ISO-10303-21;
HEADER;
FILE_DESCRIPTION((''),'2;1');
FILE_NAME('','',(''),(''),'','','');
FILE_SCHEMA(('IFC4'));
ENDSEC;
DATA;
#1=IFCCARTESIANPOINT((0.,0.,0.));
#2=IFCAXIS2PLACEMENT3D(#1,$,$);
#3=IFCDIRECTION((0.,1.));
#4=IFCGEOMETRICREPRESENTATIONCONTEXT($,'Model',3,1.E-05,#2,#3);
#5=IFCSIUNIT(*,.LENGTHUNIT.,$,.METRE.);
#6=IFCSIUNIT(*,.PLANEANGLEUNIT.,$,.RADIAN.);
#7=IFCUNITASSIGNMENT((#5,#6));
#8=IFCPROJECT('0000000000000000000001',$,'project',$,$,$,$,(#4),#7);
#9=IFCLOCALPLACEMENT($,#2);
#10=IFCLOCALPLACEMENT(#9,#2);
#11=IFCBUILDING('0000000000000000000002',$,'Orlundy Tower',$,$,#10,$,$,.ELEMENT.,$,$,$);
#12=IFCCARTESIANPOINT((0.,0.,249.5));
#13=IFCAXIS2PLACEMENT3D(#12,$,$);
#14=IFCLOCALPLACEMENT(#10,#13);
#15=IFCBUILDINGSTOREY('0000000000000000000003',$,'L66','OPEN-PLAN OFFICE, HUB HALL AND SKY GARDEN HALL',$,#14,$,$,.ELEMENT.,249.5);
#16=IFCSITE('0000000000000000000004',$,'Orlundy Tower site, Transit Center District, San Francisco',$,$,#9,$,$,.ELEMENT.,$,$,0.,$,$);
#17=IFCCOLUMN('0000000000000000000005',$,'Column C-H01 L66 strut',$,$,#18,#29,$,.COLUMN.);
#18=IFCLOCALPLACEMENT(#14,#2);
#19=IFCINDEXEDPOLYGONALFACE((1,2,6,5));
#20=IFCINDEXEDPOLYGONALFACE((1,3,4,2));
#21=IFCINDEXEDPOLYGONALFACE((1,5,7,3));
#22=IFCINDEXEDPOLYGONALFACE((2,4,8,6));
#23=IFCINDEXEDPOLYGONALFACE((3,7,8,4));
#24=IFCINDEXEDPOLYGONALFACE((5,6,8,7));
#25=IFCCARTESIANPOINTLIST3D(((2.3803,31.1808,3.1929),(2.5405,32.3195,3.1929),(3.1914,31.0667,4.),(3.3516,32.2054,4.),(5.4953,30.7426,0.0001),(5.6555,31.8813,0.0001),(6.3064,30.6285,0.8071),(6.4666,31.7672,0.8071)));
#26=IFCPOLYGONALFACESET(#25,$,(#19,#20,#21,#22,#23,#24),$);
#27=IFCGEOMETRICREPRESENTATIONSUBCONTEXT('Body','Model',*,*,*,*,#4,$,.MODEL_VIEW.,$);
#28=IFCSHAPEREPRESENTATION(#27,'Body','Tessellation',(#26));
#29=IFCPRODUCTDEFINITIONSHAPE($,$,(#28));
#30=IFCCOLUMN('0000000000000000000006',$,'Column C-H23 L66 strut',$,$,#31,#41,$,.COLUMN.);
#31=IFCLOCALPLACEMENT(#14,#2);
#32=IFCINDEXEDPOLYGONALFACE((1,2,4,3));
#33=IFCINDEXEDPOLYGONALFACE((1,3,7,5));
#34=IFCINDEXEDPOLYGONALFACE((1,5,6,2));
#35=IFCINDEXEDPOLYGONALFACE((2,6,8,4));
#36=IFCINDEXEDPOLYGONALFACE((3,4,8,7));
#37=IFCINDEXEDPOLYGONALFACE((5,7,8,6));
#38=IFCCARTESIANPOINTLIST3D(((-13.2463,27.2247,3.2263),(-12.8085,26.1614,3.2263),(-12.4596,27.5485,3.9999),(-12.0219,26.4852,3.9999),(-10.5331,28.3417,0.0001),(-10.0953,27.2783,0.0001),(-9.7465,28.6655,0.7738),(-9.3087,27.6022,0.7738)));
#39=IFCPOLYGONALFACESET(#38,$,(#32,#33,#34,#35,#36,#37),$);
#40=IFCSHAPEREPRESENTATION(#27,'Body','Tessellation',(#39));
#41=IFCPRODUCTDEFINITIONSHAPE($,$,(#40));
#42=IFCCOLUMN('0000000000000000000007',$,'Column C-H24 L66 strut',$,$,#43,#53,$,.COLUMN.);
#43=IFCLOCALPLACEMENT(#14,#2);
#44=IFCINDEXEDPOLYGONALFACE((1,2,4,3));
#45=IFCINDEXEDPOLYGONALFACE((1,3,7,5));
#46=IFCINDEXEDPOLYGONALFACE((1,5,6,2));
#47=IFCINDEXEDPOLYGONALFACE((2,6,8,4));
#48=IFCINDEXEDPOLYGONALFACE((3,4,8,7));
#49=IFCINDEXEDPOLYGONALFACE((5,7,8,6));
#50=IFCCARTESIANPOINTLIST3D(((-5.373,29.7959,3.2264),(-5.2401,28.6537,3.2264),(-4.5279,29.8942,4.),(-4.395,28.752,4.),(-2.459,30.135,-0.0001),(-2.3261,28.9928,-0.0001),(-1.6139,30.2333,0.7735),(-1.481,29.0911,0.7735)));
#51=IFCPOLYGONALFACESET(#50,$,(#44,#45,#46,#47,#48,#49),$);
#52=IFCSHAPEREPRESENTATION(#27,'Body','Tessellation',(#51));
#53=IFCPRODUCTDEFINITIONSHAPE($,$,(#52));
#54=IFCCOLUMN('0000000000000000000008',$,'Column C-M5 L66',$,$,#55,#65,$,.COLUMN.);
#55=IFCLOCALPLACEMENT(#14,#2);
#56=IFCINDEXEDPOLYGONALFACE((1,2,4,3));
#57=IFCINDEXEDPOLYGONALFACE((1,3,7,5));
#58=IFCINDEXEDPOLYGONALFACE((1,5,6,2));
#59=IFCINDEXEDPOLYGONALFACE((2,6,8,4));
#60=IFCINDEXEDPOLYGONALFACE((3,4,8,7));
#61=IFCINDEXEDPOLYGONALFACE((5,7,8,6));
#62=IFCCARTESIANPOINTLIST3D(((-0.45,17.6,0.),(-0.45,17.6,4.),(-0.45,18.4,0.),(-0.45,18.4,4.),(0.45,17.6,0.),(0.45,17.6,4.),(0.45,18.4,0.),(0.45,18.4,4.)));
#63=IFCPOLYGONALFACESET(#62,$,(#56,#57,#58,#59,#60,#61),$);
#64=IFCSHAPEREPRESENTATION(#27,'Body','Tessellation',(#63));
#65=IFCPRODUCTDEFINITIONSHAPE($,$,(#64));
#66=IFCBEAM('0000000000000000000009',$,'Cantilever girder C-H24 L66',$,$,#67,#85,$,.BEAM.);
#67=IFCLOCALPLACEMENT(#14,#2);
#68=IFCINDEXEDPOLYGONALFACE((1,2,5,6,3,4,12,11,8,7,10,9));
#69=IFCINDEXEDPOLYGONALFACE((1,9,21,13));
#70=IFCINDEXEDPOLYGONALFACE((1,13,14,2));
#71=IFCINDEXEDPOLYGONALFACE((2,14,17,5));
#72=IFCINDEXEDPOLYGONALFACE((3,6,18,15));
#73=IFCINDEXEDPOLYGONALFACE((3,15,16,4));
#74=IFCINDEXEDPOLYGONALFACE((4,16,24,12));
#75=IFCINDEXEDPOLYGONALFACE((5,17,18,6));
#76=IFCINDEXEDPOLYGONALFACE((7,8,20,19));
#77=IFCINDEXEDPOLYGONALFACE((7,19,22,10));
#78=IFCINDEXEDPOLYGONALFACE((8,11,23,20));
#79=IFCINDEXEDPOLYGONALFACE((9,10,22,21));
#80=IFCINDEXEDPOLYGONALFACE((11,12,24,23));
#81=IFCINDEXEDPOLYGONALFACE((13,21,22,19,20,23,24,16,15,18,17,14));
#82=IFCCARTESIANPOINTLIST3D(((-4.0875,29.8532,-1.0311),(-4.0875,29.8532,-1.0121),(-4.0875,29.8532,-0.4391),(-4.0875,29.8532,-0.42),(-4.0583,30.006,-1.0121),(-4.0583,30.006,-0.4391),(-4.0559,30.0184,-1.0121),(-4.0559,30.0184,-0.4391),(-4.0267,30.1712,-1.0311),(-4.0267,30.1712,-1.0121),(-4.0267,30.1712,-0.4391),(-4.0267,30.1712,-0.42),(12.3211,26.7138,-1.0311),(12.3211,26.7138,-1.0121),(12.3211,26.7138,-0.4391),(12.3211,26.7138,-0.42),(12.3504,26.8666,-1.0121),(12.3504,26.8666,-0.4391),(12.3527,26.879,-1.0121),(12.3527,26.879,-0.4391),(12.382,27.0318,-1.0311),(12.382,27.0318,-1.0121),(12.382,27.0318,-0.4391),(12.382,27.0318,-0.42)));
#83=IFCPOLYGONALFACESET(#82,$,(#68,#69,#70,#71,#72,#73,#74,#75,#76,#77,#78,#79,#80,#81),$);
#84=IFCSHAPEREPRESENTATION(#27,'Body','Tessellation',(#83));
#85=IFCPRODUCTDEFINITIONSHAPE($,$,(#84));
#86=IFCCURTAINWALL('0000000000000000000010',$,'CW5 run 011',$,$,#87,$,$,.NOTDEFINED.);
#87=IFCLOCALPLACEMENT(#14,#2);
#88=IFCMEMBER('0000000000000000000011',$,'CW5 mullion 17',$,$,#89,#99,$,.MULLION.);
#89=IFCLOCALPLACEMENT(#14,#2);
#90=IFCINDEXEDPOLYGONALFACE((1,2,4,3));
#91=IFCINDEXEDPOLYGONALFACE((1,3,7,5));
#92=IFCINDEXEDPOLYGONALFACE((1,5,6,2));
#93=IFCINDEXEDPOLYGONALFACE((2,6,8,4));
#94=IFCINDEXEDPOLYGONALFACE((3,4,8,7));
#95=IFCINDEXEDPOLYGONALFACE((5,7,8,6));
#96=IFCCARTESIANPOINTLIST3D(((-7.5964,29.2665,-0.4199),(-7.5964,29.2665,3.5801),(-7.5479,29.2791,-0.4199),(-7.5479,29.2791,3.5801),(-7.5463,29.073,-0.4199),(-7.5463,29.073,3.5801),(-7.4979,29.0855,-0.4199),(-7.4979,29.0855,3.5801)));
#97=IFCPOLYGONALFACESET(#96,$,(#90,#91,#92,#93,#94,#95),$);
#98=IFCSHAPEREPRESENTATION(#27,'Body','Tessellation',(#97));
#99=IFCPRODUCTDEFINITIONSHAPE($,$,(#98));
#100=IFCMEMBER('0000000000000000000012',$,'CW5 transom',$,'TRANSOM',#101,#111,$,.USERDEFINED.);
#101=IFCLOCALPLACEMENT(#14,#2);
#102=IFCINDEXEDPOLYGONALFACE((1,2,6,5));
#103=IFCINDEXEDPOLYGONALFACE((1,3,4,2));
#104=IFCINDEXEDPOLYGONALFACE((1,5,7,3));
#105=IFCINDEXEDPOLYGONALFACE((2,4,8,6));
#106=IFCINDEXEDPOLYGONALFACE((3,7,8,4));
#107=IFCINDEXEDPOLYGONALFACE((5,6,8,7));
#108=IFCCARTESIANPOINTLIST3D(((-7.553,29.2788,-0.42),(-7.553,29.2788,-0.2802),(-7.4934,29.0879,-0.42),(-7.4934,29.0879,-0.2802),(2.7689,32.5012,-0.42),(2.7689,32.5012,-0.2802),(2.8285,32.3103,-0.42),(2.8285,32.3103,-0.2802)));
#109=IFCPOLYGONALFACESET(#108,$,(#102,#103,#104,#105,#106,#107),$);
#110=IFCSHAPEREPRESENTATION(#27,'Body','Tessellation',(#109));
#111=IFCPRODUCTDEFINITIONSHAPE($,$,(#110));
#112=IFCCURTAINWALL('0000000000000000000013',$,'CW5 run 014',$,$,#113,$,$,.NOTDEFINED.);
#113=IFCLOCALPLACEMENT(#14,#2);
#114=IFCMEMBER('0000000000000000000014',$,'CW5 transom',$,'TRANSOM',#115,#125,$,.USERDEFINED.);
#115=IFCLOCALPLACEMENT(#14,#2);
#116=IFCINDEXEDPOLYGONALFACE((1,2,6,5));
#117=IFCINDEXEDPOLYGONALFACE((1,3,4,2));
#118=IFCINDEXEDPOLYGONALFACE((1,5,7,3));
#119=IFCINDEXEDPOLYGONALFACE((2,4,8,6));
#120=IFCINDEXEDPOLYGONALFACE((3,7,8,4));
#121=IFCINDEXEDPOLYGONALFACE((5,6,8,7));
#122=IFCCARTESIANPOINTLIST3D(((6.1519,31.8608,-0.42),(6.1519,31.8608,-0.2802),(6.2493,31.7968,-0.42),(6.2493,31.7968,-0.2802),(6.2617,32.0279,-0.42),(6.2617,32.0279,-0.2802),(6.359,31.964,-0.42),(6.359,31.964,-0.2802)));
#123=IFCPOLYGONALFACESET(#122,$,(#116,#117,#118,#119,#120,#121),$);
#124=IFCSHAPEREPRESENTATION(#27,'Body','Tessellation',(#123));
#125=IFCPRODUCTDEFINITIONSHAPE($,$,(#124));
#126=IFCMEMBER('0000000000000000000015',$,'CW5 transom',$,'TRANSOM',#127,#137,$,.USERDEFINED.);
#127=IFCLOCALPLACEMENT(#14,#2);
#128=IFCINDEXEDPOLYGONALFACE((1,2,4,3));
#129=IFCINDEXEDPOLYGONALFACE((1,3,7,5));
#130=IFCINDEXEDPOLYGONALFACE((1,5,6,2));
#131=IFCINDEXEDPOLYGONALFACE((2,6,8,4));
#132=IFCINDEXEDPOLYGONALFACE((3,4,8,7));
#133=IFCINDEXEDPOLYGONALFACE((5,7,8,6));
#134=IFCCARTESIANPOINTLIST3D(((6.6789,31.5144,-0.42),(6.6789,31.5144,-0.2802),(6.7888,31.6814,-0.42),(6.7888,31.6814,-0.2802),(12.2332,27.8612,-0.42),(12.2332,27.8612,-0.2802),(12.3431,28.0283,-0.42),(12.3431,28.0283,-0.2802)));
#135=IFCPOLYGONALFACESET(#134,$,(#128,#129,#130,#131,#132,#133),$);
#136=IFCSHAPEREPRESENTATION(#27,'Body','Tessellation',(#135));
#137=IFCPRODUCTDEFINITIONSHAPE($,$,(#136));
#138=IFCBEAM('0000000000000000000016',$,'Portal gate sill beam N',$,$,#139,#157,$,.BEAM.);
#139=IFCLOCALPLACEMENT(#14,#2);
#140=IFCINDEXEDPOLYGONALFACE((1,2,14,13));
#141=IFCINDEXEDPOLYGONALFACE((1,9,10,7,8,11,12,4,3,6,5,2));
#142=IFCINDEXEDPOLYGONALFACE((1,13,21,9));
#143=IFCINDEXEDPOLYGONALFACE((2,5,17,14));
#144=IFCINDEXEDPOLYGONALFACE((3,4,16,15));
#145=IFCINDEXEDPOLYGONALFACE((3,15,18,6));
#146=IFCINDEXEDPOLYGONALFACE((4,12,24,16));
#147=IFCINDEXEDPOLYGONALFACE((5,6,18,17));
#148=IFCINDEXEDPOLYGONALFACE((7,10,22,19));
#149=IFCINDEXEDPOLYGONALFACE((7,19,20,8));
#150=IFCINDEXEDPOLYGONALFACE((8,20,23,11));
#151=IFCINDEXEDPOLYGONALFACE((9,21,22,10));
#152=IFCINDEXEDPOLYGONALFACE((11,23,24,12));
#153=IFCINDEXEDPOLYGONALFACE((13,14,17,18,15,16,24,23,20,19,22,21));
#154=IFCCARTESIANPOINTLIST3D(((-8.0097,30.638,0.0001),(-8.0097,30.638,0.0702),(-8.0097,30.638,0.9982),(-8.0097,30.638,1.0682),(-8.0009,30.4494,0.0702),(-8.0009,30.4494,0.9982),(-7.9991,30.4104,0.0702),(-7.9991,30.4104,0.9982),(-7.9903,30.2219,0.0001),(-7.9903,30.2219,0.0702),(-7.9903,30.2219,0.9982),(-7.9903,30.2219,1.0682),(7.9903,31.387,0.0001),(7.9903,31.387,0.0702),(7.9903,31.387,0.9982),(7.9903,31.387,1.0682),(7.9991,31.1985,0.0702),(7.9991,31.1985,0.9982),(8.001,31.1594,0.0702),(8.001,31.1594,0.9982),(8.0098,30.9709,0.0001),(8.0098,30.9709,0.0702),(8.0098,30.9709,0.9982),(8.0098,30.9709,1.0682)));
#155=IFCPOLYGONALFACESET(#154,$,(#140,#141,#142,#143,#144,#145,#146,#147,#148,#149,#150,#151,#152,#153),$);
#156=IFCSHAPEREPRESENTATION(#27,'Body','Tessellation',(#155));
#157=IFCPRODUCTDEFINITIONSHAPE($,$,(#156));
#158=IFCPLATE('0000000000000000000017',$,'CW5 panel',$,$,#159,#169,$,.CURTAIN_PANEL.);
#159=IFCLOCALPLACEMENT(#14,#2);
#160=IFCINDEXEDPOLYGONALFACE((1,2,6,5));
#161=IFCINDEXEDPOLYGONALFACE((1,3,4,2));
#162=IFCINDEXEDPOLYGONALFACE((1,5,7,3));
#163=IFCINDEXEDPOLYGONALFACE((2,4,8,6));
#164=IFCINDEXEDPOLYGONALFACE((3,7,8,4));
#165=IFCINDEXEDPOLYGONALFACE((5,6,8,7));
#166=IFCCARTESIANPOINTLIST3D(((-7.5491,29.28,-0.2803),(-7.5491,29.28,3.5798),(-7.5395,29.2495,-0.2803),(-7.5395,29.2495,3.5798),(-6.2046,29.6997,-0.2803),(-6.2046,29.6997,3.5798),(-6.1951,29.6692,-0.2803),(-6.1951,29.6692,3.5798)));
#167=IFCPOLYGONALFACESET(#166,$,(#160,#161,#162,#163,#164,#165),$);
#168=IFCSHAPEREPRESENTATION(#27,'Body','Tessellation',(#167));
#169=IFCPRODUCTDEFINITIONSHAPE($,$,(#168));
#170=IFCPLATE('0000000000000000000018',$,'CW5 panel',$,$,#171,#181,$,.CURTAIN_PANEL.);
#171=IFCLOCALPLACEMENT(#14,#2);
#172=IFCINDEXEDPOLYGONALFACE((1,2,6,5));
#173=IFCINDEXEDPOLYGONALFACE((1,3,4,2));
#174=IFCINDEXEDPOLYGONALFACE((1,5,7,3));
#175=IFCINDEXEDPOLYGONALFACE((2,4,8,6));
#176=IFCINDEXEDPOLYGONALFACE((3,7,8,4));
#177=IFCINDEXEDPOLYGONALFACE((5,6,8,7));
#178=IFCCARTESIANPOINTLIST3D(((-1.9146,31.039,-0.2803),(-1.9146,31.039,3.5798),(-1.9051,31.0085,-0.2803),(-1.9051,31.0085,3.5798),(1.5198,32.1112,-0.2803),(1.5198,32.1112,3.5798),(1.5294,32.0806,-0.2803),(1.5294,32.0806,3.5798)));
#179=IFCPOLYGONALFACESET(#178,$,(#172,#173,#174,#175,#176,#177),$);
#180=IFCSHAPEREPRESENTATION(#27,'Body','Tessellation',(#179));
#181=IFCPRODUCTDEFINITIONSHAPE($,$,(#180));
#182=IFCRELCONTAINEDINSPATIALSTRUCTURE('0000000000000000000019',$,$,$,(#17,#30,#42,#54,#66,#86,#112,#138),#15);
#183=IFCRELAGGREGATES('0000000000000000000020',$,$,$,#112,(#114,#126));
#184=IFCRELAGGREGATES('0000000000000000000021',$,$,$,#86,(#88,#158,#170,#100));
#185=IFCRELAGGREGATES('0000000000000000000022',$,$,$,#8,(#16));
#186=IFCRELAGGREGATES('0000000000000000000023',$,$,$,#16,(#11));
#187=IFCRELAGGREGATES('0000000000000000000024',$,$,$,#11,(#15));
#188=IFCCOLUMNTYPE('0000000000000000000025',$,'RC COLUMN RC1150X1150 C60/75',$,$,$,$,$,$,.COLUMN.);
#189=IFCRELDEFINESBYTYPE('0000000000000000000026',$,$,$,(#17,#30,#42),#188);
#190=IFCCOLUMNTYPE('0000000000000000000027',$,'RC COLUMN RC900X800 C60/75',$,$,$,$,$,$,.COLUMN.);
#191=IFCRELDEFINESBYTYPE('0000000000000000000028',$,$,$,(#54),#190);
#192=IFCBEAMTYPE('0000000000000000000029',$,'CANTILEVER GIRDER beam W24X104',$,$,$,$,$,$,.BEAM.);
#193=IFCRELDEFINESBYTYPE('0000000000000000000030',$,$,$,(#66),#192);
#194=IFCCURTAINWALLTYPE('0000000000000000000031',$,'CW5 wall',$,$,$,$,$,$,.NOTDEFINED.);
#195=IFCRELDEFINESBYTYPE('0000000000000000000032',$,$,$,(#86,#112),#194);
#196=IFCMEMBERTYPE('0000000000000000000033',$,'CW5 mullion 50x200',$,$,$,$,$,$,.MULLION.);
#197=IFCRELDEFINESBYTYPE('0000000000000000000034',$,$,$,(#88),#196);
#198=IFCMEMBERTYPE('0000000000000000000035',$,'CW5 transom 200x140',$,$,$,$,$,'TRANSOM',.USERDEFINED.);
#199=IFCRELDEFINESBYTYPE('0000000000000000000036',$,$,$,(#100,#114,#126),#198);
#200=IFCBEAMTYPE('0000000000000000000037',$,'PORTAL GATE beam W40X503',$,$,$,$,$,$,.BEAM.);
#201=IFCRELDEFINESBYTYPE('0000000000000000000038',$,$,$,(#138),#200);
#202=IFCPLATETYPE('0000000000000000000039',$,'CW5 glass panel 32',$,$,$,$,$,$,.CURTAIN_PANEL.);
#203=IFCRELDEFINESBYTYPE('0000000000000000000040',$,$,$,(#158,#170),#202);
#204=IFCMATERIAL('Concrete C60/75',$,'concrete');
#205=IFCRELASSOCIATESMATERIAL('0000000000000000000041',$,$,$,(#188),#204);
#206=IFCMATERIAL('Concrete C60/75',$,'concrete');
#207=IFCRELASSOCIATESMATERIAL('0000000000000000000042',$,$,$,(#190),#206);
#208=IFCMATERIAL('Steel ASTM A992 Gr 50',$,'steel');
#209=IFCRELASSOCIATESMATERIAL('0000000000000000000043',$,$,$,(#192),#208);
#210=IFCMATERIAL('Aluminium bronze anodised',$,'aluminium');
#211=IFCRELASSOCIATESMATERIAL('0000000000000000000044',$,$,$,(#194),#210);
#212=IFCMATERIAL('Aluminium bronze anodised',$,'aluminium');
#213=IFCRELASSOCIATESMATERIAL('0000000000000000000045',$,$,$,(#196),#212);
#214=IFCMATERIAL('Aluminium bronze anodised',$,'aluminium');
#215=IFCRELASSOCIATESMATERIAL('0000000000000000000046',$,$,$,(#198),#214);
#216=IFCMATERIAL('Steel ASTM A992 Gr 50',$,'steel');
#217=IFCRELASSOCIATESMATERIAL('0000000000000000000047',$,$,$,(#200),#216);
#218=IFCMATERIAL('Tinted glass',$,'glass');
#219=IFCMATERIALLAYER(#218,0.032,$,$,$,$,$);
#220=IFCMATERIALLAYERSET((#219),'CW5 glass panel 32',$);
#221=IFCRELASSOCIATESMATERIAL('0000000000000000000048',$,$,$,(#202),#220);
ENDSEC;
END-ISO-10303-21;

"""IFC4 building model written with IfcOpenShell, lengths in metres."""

from ifc_helpers import new_model, si_unit, direction, frame, origin, origin_2d, place, context, subcontext, project, spatial, rectangle, i_section, extrude, material, layer, layer_set, material_profile, profile_set, type_object, element, aggregate, save


model = new_model("IFC4")

# Units and contexts
model_context = context("Model", 3, precision=1e-05, world=origin(), true_north=direction((0.0, 1.0)))
body_context = subcontext(model_context, "Body", "Model", "MODEL_VIEW")
ifc_project = project(units=[si_unit("LENGTHUNIT", "METRE"), si_unit("PLANEANGLEUNIT", "RADIAN")], contexts=[model_context])

# Site, building, storey
site_placement = place(None, origin())
site = spatial("IfcSite", under=ifc_project, at=site_placement, Name="Orlundy Tower site, Transit Center District, San Francisco", CompositionType="ELEMENT", RefElevation=0.0)
building_placement = place(site_placement, origin())
building = spatial("IfcBuilding", under=site, at=building_placement, Name="Orlundy Tower", CompositionType="ELEMENT")
storey_placement = place(building_placement, frame((0.0, 0.0, 249.5)))
storey = spatial("IfcBuildingStorey", under=building, at=storey_placement, Name="L66", Description="OPEN-PLAN OFFICE, HUB HALL AND SKY GARDEN HALL", CompositionType="ELEMENT", Elevation=249.5)

# Columns
ifc_material_1 = material(Name="Concrete C60/75", Category="concrete")
ifc_material_profile_1 = material_profile(ifc_material_1, rectangle(XDim=1.1499, YDim=1.1499, at=origin_2d()), Name="RC1150X1150")
ifc_profile_set_1 = profile_set([ifc_material_profile_1], Name="Concrete C60/75")
column_type_1 = type_object("IfcColumnType", Name="RC COLUMN RC1150X1150 C60/75", PredefinedType="COLUMN", material=ifc_profile_set_1)
column_1_placement = place(storey_placement, frame((5.981, 31.2549, 0.4036), z_axis=(-0.694977, 0.097773, 0.712353), x_axis=(-0.139313, -0.990248, 0.0)))
element("IfcColumn", 1, at=column_1_placement, inside=storey, type_object=column_type_1, Name="Column C-H01 L66 strut", PredefinedType="COLUMN", context=body_context, shape_type="SweptSolid", body=[
    extrude(rectangle(XDim=1.1499, YDim=1.1499, at=origin_2d()), origin(), (0.0, 0.0, 1.0), 4.4822),
])
for number, where, z_axis, x_axis, name in (
    (2, (-9.9209, 27.9719, 0.387), (-0.62217, -0.256135, 0.739797), (0.380683, -0.924706, 0.0), "Column C-H23 L66 strut"),
    (3, (-1.97, 29.613, 0.3867), (-0.668225, -0.077762, 0.739884), (0.115591, -0.993297, 0.0), "Column C-H24 L66 strut"),
):
    element("IfcColumn", number, at=place(storey_placement, frame(where, z_axis=z_axis, x_axis=x_axis)), inside=storey, type_object=column_type_1, Name=name, PredefinedType="COLUMN", context=body_context, shape_type="SweptSolid", body=[
        extrude(rectangle(XDim=1.1499, YDim=1.1499, at=origin_2d()), origin(), (0.0, 0.0, 1.0), 4.3608),
    ])
ifc_material_2 = material(Name="Concrete C60/75", Category="concrete")
ifc_material_profile_2 = material_profile(ifc_material_2, rectangle(XDim=0.8999, YDim=0.8, at=origin_2d()), Name="RC900X800")
ifc_profile_set_2 = profile_set([ifc_material_profile_2], Name="Concrete C60/75")
column_type_2 = type_object("IfcColumnType", Name="RC COLUMN RC900X800 C60/75", PredefinedType="COLUMN", material=ifc_profile_set_2)
column_2_placement = place(storey_placement, frame((0.0, 18.0, 0.0), z_axis=(0.0, 0.0, 1.0), x_axis=(1.0, 0.0, 0.0)))
element("IfcColumn", 4, at=column_2_placement, inside=storey, type_object=column_type_2, Name="Column C-M5 L66", PredefinedType="COLUMN", context=body_context, shape_type="SweptSolid", body=[
    extrude(rectangle(XDim=0.8999, YDim=0.8, at=origin_2d()), origin(), (0.0, 0.0, 1.0), 4.0),
])

# Beam
ifc_material_3 = material(Name="Steel ASTM A992 Gr 50", Category="steel")
ifc_material_profile_3 = material_profile(ifc_material_3, i_section(OverallWidth=0.3237, OverallDepth=0.6111, WebThickness=0.0127, FlangeThickness=0.019, at=origin_2d()), Name="W24X104")
ifc_profile_set_3 = profile_set([ifc_material_profile_3], Name="Steel ASTM A992 Gr 50")
beam_type_1 = type_object("IfcBeamType", Name="CANTILEVER GIRDER beam W24X104", PredefinedType="BEAM", material=ifc_profile_set_3)
beam_1_placement = place(storey_placement, frame((-4.0571, 30.0122, -0.7256), z_axis=(0.982185, -0.187917, 0.0), x_axis=(0.187917, 0.982185, 0.0)))
element("IfcBeam", 5, at=beam_1_placement, inside=storey, type_object=beam_type_1, Name="Cantilever girder C-H24 L66", PredefinedType="BEAM", context=body_context, shape_type="SweptSolid", body=[
    extrude(i_section(OverallWidth=0.3237, OverallDepth=0.6111, WebThickness=0.0127, FlangeThickness=0.019, at=origin_2d()), origin(), (0.0, 0.0, 1.0), 16.7063),
])

# Curtain walls, members
ifc_material_4 = material(Name="Aluminium bronze anodised", Category="aluminium")
curtain_wall_type = type_object("IfcCurtainWallType", Name="CW5 wall", PredefinedType="NOTDEFINED", material=ifc_material_4)
curtain_wall_1_placement = place(storey_placement, origin())
curtain_wall_1 = element("IfcCurtainWall", 6, at=curtain_wall_1_placement, inside=storey, type_object=curtain_wall_type, Name="CW5 run 011", PredefinedType="NOTDEFINED")
ifc_material_5 = material(Name="Aluminium bronze anodised", Category="aluminium")
ifc_material_profile_4 = material_profile(ifc_material_5, rectangle(XDim=0.2, YDim=0.05, at=origin_2d()), Name="CW5 mullion 50x200")
ifc_profile_set_4 = profile_set([ifc_material_profile_4], Name="Aluminium bronze anodised")
member_type_1 = type_object("IfcMemberType", Name="CW5 mullion 50x200", PredefinedType="MULLION", material=ifc_profile_set_4)
member_1_placement = place(storey_placement, frame((-7.5471, 29.176, -0.4199), z_axis=(0.0, 0.0, 1.0), x_axis=(-0.250401, 0.968142, 0.0)))
member_1 = element("IfcMember", 7, at=member_1_placement, type_object=member_type_1, Name="CW5 mullion 17", PredefinedType="MULLION", context=body_context, shape_type="SweptSolid", body=[
    extrude(rectangle(XDim=0.2, YDim=0.05, at=origin_2d()), origin(), (0.0, 0.0, 1.0), 4.0),
])
ifc_material_6 = material(Name="Aluminium bronze anodised", Category="aluminium")
ifc_material_profile_5 = material_profile(ifc_material_6, rectangle(XDim=0.2, YDim=0.1399, at=origin_2d()), Name="CW5 transom 200x140")
ifc_profile_set_5 = profile_set([ifc_material_profile_5], Name="Aluminium bronze anodised")
member_type_2 = type_object("IfcMemberType", Name="CW5 transom 200x140", ElementType="TRANSOM", PredefinedType="USERDEFINED", material=ifc_profile_set_5)
member_2_placement = place(storey_placement, frame((-7.5232, 29.1833, -0.3501), z_axis=(0.954565, 0.298004, 0.0), x_axis=(-0.298004, 0.954565, 0.0)))
member_2 = element("IfcMember", 8, at=member_2_placement, type_object=member_type_2, Name="CW5 transom", ObjectType="TRANSOM", PredefinedType="USERDEFINED", context=body_context, shape_type="SweptSolid", body=[
    extrude(rectangle(XDim=0.2, YDim=0.1399, at=origin_2d()), origin(), (0.0, 0.0, 1.0), 10.8132),
])
curtain_wall_2_placement = place(storey_placement, origin())
curtain_wall_2 = element("IfcCurtainWall", 9, at=curtain_wall_2_placement, inside=storey, type_object=curtain_wall_type, Name="CW5 run 014", PredefinedType="NOTDEFINED")
member_3_placement = place(storey_placement, frame((6.2068, 31.9443, -0.3501), z_axis=(0.835898, -0.548885, 0.0), x_axis=(0.548885, 0.835898, 0.0)))
member_3 = element("IfcMember", 10, at=member_3_placement, type_object=member_type_2, Name="CW5 transom", ObjectType="TRANSOM", PredefinedType="USERDEFINED", context=body_context, shape_type="SweptSolid", body=[
    extrude(rectangle(XDim=0.2, YDim=0.1399, at=origin_2d()), origin(), (0.0, 0.0, 1.0), 0.1165),
])
member_4_placement = place(storey_placement, frame((6.7339, 31.5979, -0.3501), z_axis=(0.835486, -0.549511, 0.0), x_axis=(0.549511, 0.835486, 0.0)))
member_4 = element("IfcMember", 11, at=member_4_placement, type_object=member_type_2, Name="CW5 transom", ObjectType="TRANSOM", PredefinedType="USERDEFINED", context=body_context, shape_type="SweptSolid", body=[
    extrude(rectangle(XDim=0.2, YDim=0.1399, at=origin_2d()), origin(), (0.0, 0.0, 1.0), 6.6479),
])
aggregate(curtain_wall_2, [member_3, member_4])

# Beam
ifc_material_7 = material(Name="Steel ASTM A992 Gr 50", Category="steel")
ifc_material_profile_6 = material_profile(ifc_material_7, i_section(OverallWidth=0.4165, OverallDepth=1.0681, WebThickness=0.0391, FlangeThickness=0.0701, at=origin_2d()), Name="W40X503")
ifc_profile_set_6 = profile_set([ifc_material_profile_6], Name="Steel ASTM A992 Gr 50")
beam_type_2 = type_object("IfcBeamType", Name="PORTAL GATE beam W40X503", PredefinedType="BEAM", material=ifc_profile_set_6)
beam_2_placement = place(storey_placement, frame((-8.0, 30.4299, 0.5342), z_axis=(0.998906, 0.046763, 0.0), x_axis=(-0.046763, 0.998906, 0.0)))
element("IfcBeam", 12, at=beam_2_placement, inside=storey, type_object=beam_type_2, Name="Portal gate sill beam N", PredefinedType="BEAM", context=body_context, shape_type="SweptSolid", body=[
    extrude(i_section(OverallWidth=0.4165, OverallDepth=1.0681, WebThickness=0.0391, FlangeThickness=0.0701, at=origin_2d()), origin(), (0.0, 0.0, 1.0), 16.0176),
])

# Plates
ifc_material_8 = material(Name="Tinted glass", Category="glass")
ifc_layer_1 = layer(ifc_material_8, 0.032)
ifc_layer_set_1 = layer_set([ifc_layer_1], Name="CW5 glass panel 32")
plate_type_1 = type_object("IfcPlateType", Name="CW5 glass panel 32", PredefinedType="CURTAIN_PANEL", material=ifc_layer_set_1)
plate_1_placement = place(storey_placement, frame((-6.8721, 29.4746, -0.2803), z_axis=(0.0, 0.0, 1.0), x_axis=(0.954568, 0.297994, 0.0)))
plate_1 = element("IfcPlate", 13, at=plate_1_placement, type_object=plate_type_1, Name="CW5 panel", PredefinedType="CURTAIN_PANEL", context=body_context, shape_type="SweptSolid", body=[
    extrude(rectangle(XDim=1.4084, YDim=0.032, at=origin_2d()), origin(), (0.0, 0.0, 1.0), 3.8601),
])
plate_2_placement = place(storey_placement, frame((-0.1926, 31.5598, -0.2803), z_axis=(0.0, 0.0, 1.0), x_axis=(0.954568, 0.297994, 0.0)))
plate_2 = element("IfcPlate", 14, at=plate_2_placement, type_object=plate_type_1, Name="CW5 panel", PredefinedType="CURTAIN_PANEL", context=body_context, shape_type="SweptSolid", body=[
    extrude(rectangle(XDim=3.5979, YDim=0.032, at=origin_2d()), origin(), (0.0, 0.0, 1.0), 3.8601),
])
aggregate(curtain_wall_1, [member_1, plate_1, plate_2, member_2])

save(model, "model.ifc")
